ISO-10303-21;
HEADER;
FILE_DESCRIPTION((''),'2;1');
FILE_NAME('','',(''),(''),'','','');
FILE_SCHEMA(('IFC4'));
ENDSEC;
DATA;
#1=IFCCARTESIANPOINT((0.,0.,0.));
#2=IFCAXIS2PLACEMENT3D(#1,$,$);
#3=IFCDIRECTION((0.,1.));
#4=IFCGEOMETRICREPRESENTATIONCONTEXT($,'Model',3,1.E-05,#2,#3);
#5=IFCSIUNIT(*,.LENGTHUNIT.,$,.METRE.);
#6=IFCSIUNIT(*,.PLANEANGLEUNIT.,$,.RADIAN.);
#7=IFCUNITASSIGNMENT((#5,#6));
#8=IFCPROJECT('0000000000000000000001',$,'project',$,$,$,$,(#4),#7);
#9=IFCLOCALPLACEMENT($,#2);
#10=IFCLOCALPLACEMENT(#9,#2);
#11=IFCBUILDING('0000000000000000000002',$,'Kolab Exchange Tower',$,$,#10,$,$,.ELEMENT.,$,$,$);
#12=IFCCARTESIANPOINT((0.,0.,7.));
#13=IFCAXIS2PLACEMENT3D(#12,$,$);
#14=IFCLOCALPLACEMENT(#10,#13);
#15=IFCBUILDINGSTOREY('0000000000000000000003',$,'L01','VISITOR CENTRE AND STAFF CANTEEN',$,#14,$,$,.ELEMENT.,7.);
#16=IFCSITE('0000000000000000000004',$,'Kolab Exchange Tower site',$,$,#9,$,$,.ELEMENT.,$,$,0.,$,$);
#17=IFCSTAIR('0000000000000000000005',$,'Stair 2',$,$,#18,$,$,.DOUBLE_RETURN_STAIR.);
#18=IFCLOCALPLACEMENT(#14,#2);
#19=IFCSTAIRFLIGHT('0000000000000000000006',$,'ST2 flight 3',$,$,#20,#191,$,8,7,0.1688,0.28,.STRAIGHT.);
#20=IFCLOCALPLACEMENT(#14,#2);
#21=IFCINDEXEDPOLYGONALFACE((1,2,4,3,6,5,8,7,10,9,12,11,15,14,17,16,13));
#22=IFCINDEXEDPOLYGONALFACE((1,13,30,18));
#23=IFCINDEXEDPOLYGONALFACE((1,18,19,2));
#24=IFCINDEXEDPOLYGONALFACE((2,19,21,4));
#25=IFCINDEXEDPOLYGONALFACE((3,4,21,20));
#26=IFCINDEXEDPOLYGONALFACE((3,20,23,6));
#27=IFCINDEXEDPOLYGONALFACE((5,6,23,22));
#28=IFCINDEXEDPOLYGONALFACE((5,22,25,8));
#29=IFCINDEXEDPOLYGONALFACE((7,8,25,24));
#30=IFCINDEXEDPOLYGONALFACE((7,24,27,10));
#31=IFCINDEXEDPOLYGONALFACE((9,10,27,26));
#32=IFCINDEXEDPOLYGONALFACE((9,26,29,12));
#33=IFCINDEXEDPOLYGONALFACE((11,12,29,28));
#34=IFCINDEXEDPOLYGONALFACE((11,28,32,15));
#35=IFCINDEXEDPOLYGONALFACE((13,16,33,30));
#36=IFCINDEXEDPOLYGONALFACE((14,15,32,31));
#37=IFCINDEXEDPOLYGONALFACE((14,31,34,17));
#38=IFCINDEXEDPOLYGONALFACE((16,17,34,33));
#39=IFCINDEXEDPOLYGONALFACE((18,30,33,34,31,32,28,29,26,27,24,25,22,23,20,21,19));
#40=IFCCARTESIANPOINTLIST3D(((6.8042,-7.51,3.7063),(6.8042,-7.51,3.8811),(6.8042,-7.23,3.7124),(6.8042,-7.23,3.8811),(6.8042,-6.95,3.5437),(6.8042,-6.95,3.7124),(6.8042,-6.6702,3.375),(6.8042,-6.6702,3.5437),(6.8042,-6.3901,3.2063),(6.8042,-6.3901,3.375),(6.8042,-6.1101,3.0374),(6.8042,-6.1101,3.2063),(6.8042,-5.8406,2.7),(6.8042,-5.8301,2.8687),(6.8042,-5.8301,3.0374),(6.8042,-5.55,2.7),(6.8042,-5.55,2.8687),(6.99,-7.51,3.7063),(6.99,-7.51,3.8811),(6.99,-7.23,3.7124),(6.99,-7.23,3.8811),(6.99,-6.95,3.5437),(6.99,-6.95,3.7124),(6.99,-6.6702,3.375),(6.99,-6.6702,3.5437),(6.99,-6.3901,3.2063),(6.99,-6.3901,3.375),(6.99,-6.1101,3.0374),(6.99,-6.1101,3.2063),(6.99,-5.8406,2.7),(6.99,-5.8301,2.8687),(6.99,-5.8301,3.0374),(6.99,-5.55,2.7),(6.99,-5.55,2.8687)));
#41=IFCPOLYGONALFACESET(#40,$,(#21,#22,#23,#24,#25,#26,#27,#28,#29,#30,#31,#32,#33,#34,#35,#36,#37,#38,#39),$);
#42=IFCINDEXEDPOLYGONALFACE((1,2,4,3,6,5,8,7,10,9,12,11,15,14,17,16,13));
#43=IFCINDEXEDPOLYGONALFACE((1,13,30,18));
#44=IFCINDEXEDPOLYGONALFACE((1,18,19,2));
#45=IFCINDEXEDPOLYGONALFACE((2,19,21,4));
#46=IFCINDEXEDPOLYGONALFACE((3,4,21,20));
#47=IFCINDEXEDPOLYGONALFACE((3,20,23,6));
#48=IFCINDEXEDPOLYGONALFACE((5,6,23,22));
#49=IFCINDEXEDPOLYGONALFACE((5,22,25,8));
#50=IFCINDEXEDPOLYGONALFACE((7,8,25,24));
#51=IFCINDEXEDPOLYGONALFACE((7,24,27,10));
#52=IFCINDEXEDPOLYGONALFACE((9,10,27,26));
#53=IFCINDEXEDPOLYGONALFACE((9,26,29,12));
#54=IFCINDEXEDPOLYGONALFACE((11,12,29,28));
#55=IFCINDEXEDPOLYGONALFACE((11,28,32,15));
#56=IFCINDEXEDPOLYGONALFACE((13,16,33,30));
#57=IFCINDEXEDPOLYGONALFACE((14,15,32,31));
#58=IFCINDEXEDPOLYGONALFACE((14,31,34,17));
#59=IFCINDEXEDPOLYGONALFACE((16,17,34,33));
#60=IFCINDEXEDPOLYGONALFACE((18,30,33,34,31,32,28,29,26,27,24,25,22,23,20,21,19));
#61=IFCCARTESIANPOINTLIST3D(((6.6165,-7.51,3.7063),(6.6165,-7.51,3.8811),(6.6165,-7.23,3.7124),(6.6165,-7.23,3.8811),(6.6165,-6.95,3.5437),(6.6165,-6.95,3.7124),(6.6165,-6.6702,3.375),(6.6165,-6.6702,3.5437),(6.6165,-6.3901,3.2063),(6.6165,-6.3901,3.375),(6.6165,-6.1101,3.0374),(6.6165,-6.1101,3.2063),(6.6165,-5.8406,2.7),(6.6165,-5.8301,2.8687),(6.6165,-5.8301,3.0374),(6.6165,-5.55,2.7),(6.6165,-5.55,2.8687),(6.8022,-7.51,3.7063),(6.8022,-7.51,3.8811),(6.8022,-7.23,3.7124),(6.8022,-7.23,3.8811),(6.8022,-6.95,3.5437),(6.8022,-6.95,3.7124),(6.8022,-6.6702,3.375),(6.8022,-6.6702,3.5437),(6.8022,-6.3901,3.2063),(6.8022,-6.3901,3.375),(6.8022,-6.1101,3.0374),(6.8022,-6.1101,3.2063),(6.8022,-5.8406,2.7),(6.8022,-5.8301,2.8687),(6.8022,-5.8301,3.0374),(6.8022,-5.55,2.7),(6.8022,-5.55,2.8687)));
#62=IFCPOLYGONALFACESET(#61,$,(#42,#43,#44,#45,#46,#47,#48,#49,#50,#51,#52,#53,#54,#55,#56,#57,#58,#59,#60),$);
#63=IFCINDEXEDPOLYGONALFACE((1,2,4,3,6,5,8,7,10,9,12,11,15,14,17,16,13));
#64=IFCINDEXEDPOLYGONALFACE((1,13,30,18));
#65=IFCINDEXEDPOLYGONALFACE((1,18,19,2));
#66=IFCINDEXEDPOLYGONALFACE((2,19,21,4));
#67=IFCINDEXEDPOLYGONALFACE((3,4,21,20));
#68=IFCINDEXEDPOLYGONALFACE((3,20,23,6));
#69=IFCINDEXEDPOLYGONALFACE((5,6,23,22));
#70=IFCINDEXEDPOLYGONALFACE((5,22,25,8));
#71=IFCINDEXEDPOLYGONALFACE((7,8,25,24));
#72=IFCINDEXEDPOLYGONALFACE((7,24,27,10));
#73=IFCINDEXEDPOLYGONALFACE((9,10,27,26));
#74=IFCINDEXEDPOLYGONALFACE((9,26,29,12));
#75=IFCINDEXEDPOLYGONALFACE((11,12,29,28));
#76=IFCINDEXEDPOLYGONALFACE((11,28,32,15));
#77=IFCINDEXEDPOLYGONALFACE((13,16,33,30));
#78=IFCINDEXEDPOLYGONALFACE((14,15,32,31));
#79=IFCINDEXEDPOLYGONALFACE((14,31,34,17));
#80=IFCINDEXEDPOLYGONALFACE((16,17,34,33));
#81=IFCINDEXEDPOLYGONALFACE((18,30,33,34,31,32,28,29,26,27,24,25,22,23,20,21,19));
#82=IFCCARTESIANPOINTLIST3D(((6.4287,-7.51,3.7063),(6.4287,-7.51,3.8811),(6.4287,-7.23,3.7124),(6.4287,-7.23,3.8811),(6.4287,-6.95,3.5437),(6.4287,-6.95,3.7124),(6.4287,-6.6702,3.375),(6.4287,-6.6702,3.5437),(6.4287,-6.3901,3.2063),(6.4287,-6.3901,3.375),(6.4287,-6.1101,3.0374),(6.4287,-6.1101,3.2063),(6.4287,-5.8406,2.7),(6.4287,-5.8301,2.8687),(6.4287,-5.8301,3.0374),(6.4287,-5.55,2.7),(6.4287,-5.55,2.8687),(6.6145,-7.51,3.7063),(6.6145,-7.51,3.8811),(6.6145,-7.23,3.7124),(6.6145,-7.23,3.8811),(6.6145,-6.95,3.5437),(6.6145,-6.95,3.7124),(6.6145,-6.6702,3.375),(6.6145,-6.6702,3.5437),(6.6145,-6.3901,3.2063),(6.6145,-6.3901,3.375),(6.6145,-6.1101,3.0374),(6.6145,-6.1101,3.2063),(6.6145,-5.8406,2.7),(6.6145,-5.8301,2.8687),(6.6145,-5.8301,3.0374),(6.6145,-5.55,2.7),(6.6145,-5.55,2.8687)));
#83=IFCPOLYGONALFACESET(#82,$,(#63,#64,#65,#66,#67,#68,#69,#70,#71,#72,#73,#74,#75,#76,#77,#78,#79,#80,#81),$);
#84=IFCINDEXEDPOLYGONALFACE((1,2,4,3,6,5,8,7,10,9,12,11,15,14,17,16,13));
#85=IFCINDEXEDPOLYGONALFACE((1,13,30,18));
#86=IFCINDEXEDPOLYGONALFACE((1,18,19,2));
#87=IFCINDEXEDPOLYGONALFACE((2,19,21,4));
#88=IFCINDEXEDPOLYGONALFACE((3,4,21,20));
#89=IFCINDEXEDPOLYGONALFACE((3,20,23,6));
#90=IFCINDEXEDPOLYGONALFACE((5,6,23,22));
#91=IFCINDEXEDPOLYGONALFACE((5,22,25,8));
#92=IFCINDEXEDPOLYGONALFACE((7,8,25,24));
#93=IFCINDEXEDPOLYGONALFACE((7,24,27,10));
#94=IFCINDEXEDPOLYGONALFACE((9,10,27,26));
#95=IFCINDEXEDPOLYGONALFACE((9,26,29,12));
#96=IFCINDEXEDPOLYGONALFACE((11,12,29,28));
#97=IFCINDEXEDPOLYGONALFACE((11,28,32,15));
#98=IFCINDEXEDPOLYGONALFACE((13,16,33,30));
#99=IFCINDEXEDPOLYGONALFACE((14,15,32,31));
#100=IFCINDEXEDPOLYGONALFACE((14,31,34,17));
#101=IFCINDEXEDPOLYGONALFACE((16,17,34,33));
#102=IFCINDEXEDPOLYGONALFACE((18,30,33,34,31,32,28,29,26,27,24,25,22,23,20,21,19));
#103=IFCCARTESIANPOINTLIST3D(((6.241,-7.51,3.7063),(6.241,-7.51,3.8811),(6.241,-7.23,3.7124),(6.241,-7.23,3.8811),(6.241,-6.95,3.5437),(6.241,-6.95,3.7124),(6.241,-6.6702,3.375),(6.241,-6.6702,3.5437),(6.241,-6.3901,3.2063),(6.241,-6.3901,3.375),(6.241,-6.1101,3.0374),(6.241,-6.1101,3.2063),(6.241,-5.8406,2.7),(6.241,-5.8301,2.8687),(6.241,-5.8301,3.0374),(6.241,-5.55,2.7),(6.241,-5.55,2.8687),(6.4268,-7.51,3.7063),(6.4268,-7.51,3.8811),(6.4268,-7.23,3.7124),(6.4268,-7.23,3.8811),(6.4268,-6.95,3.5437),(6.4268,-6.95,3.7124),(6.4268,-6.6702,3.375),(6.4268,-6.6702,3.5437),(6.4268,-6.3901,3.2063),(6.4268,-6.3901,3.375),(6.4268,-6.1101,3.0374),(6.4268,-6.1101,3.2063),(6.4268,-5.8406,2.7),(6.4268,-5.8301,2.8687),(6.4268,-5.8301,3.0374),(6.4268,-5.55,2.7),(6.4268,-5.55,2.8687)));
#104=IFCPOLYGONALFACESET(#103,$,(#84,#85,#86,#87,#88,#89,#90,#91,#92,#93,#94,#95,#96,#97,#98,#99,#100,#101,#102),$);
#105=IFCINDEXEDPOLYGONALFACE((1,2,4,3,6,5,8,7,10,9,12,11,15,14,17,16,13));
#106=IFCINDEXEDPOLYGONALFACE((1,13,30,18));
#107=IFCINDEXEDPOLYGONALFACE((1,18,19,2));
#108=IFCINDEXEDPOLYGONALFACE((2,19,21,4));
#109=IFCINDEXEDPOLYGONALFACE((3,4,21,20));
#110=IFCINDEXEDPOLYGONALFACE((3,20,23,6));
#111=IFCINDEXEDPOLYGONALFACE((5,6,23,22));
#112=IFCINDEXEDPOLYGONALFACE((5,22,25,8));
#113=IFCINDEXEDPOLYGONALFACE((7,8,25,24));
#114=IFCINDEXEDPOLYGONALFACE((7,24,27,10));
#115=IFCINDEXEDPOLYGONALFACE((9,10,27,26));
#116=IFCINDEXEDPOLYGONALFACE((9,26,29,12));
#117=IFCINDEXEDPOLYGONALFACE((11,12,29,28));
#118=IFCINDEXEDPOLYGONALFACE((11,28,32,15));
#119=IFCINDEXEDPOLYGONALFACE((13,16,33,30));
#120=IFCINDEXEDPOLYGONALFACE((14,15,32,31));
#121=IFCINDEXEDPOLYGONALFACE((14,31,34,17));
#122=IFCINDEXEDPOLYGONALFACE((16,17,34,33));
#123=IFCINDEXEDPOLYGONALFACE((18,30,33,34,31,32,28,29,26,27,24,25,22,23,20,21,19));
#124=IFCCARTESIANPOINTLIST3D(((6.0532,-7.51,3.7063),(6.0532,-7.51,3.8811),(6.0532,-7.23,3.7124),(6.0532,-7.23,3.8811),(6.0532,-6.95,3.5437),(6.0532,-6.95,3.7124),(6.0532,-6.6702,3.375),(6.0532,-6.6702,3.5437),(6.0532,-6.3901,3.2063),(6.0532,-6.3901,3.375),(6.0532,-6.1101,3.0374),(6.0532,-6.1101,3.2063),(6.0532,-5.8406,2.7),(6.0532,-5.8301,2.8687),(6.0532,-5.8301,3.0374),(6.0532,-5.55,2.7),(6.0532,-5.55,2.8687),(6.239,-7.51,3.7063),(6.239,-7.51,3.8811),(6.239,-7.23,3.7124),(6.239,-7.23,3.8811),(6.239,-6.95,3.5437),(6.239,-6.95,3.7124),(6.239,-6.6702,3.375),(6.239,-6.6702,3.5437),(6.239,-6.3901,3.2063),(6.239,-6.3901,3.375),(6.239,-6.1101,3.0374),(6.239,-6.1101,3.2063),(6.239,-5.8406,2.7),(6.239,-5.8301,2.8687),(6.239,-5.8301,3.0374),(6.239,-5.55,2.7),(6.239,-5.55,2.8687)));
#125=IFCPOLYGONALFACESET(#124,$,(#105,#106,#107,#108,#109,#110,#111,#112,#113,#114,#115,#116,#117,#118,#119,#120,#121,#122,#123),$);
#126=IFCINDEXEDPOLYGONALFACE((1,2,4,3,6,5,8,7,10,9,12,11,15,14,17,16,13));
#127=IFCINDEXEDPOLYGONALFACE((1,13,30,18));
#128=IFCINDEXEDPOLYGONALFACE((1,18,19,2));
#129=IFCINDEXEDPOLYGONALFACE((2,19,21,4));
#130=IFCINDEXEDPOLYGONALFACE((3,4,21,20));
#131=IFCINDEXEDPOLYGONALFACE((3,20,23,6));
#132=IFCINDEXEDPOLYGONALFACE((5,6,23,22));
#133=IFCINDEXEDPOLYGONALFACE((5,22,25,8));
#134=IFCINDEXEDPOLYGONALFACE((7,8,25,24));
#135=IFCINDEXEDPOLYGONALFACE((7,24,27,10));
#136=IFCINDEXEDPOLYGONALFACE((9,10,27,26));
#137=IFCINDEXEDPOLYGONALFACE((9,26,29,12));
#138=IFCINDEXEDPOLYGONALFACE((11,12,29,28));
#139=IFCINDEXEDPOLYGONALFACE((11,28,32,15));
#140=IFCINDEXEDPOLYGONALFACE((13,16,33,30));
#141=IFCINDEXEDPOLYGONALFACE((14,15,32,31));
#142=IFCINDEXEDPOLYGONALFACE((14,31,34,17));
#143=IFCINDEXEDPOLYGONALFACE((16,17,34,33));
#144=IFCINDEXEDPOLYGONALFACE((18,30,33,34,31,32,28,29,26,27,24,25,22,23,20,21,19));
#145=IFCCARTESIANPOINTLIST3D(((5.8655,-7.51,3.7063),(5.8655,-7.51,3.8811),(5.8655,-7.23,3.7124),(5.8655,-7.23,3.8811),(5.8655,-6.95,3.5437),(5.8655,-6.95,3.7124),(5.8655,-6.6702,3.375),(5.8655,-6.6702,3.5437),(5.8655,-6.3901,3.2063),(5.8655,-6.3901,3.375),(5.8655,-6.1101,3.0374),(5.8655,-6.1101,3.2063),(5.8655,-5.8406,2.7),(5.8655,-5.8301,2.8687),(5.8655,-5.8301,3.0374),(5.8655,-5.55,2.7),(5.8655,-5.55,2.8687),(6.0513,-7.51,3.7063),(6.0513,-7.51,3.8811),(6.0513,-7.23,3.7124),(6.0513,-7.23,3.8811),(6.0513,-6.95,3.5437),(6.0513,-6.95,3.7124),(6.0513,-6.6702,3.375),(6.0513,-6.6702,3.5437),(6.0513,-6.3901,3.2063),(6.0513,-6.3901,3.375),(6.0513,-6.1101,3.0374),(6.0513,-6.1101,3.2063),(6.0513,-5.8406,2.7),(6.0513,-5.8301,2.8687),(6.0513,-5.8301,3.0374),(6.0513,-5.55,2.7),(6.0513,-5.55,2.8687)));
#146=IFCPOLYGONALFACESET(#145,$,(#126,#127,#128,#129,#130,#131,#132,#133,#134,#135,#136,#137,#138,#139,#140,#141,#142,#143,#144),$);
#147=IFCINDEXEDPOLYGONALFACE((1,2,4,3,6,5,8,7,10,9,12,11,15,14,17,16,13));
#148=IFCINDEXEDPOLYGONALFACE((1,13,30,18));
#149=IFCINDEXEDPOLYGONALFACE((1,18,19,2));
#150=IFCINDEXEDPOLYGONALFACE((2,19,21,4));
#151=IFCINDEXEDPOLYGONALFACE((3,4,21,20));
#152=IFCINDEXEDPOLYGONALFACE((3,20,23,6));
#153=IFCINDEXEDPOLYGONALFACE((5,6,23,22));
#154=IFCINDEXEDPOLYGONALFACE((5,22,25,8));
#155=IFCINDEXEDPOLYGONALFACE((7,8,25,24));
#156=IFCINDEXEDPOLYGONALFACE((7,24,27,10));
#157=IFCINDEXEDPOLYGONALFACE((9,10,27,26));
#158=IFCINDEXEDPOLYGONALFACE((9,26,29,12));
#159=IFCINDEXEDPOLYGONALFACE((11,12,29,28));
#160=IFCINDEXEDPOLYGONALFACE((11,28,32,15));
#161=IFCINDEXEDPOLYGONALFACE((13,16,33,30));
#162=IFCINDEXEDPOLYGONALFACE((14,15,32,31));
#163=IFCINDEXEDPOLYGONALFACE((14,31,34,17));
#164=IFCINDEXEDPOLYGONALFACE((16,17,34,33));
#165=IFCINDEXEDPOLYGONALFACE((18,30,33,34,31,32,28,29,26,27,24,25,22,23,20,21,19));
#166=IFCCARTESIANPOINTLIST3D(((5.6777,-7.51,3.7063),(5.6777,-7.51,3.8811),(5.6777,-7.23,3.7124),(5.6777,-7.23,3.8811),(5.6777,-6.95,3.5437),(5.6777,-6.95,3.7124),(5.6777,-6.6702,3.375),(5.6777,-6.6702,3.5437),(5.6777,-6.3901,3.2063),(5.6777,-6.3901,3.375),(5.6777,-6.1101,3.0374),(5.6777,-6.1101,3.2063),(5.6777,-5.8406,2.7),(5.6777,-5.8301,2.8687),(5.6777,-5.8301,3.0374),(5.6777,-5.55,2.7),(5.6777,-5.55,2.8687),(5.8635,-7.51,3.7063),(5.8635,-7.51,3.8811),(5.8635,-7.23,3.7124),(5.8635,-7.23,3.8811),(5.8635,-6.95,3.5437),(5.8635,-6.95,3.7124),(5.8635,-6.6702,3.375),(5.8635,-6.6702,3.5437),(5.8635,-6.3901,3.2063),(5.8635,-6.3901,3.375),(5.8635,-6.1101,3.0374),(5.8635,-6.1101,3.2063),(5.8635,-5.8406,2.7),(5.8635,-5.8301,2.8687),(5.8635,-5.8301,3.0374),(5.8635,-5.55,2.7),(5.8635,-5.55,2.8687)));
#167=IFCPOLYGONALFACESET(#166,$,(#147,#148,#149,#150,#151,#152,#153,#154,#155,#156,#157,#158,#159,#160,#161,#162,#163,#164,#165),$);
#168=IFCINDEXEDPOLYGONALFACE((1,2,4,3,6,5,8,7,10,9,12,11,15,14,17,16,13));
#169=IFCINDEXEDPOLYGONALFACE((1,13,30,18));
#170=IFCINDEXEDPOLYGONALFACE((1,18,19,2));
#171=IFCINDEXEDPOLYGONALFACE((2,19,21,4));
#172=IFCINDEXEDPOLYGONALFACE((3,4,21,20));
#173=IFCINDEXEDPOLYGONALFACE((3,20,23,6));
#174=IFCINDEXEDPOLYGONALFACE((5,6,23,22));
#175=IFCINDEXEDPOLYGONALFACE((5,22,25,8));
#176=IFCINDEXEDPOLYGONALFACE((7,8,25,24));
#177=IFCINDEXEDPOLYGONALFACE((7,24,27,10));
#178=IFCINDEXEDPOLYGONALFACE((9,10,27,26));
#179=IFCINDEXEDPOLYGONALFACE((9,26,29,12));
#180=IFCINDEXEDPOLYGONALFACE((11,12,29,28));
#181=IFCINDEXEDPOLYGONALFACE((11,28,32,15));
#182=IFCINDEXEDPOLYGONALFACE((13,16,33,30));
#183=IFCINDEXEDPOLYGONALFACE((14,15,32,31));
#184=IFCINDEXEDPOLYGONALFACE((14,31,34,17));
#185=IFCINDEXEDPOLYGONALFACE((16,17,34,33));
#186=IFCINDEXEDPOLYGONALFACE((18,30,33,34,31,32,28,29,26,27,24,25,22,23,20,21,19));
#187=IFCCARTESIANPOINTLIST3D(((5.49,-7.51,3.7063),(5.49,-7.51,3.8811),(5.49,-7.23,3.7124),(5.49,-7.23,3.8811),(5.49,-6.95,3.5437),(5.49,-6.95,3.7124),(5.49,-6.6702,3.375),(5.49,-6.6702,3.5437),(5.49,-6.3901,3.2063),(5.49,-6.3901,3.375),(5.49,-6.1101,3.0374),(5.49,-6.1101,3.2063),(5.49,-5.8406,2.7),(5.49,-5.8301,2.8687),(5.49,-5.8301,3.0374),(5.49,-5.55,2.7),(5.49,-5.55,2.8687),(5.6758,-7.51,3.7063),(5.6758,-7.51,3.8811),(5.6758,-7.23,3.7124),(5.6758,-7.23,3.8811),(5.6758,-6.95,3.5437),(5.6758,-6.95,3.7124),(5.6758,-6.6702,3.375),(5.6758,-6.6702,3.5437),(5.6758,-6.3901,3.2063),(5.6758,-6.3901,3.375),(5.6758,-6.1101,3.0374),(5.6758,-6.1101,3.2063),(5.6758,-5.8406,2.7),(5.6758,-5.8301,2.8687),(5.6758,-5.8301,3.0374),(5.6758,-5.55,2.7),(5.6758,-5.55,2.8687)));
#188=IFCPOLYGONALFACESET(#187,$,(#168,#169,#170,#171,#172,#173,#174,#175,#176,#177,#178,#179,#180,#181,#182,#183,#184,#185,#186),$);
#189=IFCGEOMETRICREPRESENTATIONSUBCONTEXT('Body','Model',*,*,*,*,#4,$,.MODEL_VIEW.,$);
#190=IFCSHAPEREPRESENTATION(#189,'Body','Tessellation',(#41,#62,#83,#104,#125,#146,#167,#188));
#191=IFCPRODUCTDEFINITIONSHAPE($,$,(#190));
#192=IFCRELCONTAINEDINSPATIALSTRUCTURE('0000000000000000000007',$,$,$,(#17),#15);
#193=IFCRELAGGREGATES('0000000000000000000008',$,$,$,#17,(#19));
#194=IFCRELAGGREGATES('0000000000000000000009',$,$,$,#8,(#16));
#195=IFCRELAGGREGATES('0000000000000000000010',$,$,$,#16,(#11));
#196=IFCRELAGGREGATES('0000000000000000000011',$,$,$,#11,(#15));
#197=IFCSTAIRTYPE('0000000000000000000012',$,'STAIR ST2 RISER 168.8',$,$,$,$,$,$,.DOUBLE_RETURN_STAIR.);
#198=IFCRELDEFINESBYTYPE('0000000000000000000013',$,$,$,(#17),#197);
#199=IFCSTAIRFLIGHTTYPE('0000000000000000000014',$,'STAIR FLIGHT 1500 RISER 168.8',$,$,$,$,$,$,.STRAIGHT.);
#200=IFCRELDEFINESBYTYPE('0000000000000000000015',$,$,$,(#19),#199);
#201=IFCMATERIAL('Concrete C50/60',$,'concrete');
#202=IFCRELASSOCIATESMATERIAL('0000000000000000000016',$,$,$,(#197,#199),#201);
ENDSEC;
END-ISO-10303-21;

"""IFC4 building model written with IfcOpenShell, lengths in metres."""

from ifc_helpers import new_model, si_unit, direction, frame, origin, place, context, subcontext, project, spatial, polyline, outline, extrude, material, type_object, element, aggregate, save


model = new_model("IFC4")

# Units and contexts
model_context = context("Model", 3, precision=1e-05, world=origin(), true_north=direction((0.0, 1.0)))
body_context = subcontext(model_context, "Body", "Model", "MODEL_VIEW")
ifc_project = project(units=[si_unit("LENGTHUNIT", "METRE"), si_unit("PLANEANGLEUNIT", "RADIAN")], contexts=[model_context])

# Site, building, storey
site_placement = place(None, origin())
site = spatial("IfcSite", under=ifc_project, at=site_placement, Name="Kolab Exchange Tower site", CompositionType="ELEMENT", RefElevation=0.0)
building_placement = place(site_placement, origin())
building = spatial("IfcBuilding", under=site, at=building_placement, Name="Kolab Exchange Tower", CompositionType="ELEMENT")
storey_placement = place(building_placement, frame((0.0, 0.0, 7.0)))
storey = spatial("IfcBuildingStorey", under=building, at=storey_placement, Name="L01", Description="VISITOR CENTRE AND STAFF CANTEEN", CompositionType="ELEMENT", Elevation=7.0)

# Shared definitions
ifc_material_1 = material(Name="Concrete C50/60", Category="concrete")

# Stair, stair flight
stair_type = type_object("IfcStairType", Name="STAIR ST2 RISER 168.8", PredefinedType="DOUBLE_RETURN_STAIR", material=ifc_material_1)
stair_placement = place(storey_placement, origin())
stair = element("IfcStair", 1, at=stair_placement, inside=storey, type_object=stair_type, Name="Stair 2", PredefinedType="DOUBLE_RETURN_STAIR")
stair_flight_type = type_object("IfcStairFlightType", Name="STAIR FLIGHT 1500 RISER 168.8", PredefinedType="STRAIGHT", material=ifc_material_1)
stair_flight_1_placement = place(storey_placement, frame((6.24, -5.55, 2.7), z_axis=(0.0, 0.0, 1.0), x_axis=(0.0, -1.0, 0.0)))
stair_flight_1 = element("IfcStairFlight", 2, at=stair_flight_1_placement, type_object=stair_flight_type, Name="ST2 flight 3", NumberOfRisers=8, NumberOfTreads=7, PredefinedType="STRAIGHT", RiserHeight=0.1688, TreadLength=0.28, context=body_context, shape_type="SweptSolid", body=[
    extrude(outline(polyline([(0.0, 0.0), (0.0, 0.1687), (0.28, 0.1687), (0.28, 0.3374), (0.5601, 0.3374), (0.5601, 0.5063), (0.8401, 0.5063), (0.8401, 0.675), (1.1201, 0.675), (1.1201, 0.8438), (1.3999, 0.8438), (1.3999, 1.0125), (1.6799, 1.0125), (1.6799, 1.1812), (1.96, 1.1812), (1.96, 1.3501), (1.96, 1.0063), (0.2905, 0.0), (0.0, 0.0)])), frame((0.0, 0.75, 0.0), z_axis=(0.0, -1.0, 0.0), x_axis=(1.0, 0.0, 0.0)), (0.0, 0.0, 1.0), 0.1858),
    extrude(outline(polyline([(0.0, 0.0), (0.0, 0.1687), (0.28, 0.1687), (0.28, 0.3374), (0.5601, 0.3374), (0.5601, 0.5063), (0.8401, 0.5063), (0.8401, 0.675), (1.1201, 0.675), (1.1201, 0.8438), (1.3999, 0.8438), (1.3999, 1.0125), (1.6799, 1.0125), (1.6799, 1.1812), (1.96, 1.1812), (1.96, 1.3501), (1.96, 1.0063), (0.2905, 0.0), (0.0, 0.0)])), frame((0.0, 0.5623, 0.0), z_axis=(0.0, -1.0, 0.0), x_axis=(1.0, 0.0, 0.0)), (0.0, 0.0, 1.0), 0.1858),
    extrude(outline(polyline([(0.0, 0.0), (0.0, 0.1687), (0.28, 0.1687), (0.28, 0.3374), (0.5601, 0.3374), (0.5601, 0.5063), (0.8401, 0.5063), (0.8401, 0.675), (1.1201, 0.675), (1.1201, 0.8438), (1.3999, 0.8438), (1.3999, 1.0125), (1.6799, 1.0125), (1.6799, 1.1812), (1.96, 1.1812), (1.96, 1.3501), (1.96, 1.0063), (0.2905, 0.0), (0.0, 0.0)])), frame((0.0, 0.3745, 0.0), z_axis=(0.0, -1.0, 0.0), x_axis=(1.0, 0.0, 0.0)), (0.0, 0.0, 1.0), 0.1858),
    extrude(outline(polyline([(0.0, 0.0), (0.0, 0.1687), (0.28, 0.1687), (0.28, 0.3374), (0.5601, 0.3374), (0.5601, 0.5063), (0.8401, 0.5063), (0.8401, 0.675), (1.1201, 0.675), (1.1201, 0.8438), (1.3999, 0.8438), (1.3999, 1.0125), (1.6799, 1.0125), (1.6799, 1.1812), (1.96, 1.1812), (1.96, 1.3501), (1.96, 1.0063), (0.2905, 0.0), (0.0, 0.0)])), frame((0.0, 0.1868, 0.0), z_axis=(0.0, -1.0, 0.0), x_axis=(1.0, 0.0, 0.0)), (0.0, 0.0, 1.0), 0.1858),
    extrude(outline(polyline([(0.0, 0.0), (0.0, 0.1687), (0.28, 0.1687), (0.28, 0.3374), (0.5601, 0.3374), (0.5601, 0.5063), (0.8401, 0.5063), (0.8401, 0.675), (1.1201, 0.675), (1.1201, 0.8438), (1.3999, 0.8438), (1.3999, 1.0125), (1.6799, 1.0125), (1.6799, 1.1812), (1.96, 1.1812), (1.96, 1.3501), (1.96, 1.0063), (0.2905, 0.0), (0.0, 0.0)])), frame((0.0, -0.001, 0.0), z_axis=(0.0, -1.0, 0.0), x_axis=(1.0, 0.0, 0.0)), (0.0, 0.0, 1.0), 0.1858),
    extrude(outline(polyline([(0.0, 0.0), (0.0, 0.1687), (0.28, 0.1687), (0.28, 0.3374), (0.5601, 0.3374), (0.5601, 0.5063), (0.8401, 0.5063), (0.8401, 0.675), (1.1201, 0.675), (1.1201, 0.8438), (1.3999, 0.8438), (1.3999, 1.0125), (1.6799, 1.0125), (1.6799, 1.1812), (1.96, 1.1812), (1.96, 1.3501), (1.96, 1.0063), (0.2905, 0.0), (0.0, 0.0)])), frame((0.0, -0.1887, 0.0), z_axis=(0.0, -1.0, 0.0), x_axis=(1.0, 0.0, 0.0)), (0.0, 0.0, 1.0), 0.1858),
    extrude(outline(polyline([(0.0, 0.0), (0.0, 0.1687), (0.28, 0.1687), (0.28, 0.3374), (0.5601, 0.3374), (0.5601, 0.5063), (0.8401, 0.5063), (0.8401, 0.675), (1.1201, 0.675), (1.1201, 0.8438), (1.3999, 0.8438), (1.3999, 1.0125), (1.6799, 1.0125), (1.6799, 1.1812), (1.96, 1.1812), (1.96, 1.3501), (1.96, 1.0063), (0.2905, 0.0), (0.0, 0.0)])), frame((0.0, -0.3765, 0.0), z_axis=(0.0, -1.0, 0.0), x_axis=(1.0, 0.0, 0.0)), (0.0, 0.0, 1.0), 0.1858),
    extrude(outline(polyline([(0.0, 0.0), (0.0, 0.1687), (0.28, 0.1687), (0.28, 0.3374), (0.5601, 0.3374), (0.5601, 0.5063), (0.8401, 0.5063), (0.8401, 0.675), (1.1201, 0.675), (1.1201, 0.8438), (1.3999, 0.8438), (1.3999, 1.0125), (1.6799, 1.0125), (1.6799, 1.1812), (1.96, 1.1812), (1.96, 1.3501), (1.96, 1.0063), (0.2905, 0.0), (0.0, 0.0)])), frame((0.0, -0.5642, 0.0), z_axis=(0.0, -1.0, 0.0), x_axis=(1.0, 0.0, 0.0)), (0.0, 0.0, 1.0), 0.1858),
])
aggregate(stair, [stair_flight_1])

save(model, "model.ifc")
